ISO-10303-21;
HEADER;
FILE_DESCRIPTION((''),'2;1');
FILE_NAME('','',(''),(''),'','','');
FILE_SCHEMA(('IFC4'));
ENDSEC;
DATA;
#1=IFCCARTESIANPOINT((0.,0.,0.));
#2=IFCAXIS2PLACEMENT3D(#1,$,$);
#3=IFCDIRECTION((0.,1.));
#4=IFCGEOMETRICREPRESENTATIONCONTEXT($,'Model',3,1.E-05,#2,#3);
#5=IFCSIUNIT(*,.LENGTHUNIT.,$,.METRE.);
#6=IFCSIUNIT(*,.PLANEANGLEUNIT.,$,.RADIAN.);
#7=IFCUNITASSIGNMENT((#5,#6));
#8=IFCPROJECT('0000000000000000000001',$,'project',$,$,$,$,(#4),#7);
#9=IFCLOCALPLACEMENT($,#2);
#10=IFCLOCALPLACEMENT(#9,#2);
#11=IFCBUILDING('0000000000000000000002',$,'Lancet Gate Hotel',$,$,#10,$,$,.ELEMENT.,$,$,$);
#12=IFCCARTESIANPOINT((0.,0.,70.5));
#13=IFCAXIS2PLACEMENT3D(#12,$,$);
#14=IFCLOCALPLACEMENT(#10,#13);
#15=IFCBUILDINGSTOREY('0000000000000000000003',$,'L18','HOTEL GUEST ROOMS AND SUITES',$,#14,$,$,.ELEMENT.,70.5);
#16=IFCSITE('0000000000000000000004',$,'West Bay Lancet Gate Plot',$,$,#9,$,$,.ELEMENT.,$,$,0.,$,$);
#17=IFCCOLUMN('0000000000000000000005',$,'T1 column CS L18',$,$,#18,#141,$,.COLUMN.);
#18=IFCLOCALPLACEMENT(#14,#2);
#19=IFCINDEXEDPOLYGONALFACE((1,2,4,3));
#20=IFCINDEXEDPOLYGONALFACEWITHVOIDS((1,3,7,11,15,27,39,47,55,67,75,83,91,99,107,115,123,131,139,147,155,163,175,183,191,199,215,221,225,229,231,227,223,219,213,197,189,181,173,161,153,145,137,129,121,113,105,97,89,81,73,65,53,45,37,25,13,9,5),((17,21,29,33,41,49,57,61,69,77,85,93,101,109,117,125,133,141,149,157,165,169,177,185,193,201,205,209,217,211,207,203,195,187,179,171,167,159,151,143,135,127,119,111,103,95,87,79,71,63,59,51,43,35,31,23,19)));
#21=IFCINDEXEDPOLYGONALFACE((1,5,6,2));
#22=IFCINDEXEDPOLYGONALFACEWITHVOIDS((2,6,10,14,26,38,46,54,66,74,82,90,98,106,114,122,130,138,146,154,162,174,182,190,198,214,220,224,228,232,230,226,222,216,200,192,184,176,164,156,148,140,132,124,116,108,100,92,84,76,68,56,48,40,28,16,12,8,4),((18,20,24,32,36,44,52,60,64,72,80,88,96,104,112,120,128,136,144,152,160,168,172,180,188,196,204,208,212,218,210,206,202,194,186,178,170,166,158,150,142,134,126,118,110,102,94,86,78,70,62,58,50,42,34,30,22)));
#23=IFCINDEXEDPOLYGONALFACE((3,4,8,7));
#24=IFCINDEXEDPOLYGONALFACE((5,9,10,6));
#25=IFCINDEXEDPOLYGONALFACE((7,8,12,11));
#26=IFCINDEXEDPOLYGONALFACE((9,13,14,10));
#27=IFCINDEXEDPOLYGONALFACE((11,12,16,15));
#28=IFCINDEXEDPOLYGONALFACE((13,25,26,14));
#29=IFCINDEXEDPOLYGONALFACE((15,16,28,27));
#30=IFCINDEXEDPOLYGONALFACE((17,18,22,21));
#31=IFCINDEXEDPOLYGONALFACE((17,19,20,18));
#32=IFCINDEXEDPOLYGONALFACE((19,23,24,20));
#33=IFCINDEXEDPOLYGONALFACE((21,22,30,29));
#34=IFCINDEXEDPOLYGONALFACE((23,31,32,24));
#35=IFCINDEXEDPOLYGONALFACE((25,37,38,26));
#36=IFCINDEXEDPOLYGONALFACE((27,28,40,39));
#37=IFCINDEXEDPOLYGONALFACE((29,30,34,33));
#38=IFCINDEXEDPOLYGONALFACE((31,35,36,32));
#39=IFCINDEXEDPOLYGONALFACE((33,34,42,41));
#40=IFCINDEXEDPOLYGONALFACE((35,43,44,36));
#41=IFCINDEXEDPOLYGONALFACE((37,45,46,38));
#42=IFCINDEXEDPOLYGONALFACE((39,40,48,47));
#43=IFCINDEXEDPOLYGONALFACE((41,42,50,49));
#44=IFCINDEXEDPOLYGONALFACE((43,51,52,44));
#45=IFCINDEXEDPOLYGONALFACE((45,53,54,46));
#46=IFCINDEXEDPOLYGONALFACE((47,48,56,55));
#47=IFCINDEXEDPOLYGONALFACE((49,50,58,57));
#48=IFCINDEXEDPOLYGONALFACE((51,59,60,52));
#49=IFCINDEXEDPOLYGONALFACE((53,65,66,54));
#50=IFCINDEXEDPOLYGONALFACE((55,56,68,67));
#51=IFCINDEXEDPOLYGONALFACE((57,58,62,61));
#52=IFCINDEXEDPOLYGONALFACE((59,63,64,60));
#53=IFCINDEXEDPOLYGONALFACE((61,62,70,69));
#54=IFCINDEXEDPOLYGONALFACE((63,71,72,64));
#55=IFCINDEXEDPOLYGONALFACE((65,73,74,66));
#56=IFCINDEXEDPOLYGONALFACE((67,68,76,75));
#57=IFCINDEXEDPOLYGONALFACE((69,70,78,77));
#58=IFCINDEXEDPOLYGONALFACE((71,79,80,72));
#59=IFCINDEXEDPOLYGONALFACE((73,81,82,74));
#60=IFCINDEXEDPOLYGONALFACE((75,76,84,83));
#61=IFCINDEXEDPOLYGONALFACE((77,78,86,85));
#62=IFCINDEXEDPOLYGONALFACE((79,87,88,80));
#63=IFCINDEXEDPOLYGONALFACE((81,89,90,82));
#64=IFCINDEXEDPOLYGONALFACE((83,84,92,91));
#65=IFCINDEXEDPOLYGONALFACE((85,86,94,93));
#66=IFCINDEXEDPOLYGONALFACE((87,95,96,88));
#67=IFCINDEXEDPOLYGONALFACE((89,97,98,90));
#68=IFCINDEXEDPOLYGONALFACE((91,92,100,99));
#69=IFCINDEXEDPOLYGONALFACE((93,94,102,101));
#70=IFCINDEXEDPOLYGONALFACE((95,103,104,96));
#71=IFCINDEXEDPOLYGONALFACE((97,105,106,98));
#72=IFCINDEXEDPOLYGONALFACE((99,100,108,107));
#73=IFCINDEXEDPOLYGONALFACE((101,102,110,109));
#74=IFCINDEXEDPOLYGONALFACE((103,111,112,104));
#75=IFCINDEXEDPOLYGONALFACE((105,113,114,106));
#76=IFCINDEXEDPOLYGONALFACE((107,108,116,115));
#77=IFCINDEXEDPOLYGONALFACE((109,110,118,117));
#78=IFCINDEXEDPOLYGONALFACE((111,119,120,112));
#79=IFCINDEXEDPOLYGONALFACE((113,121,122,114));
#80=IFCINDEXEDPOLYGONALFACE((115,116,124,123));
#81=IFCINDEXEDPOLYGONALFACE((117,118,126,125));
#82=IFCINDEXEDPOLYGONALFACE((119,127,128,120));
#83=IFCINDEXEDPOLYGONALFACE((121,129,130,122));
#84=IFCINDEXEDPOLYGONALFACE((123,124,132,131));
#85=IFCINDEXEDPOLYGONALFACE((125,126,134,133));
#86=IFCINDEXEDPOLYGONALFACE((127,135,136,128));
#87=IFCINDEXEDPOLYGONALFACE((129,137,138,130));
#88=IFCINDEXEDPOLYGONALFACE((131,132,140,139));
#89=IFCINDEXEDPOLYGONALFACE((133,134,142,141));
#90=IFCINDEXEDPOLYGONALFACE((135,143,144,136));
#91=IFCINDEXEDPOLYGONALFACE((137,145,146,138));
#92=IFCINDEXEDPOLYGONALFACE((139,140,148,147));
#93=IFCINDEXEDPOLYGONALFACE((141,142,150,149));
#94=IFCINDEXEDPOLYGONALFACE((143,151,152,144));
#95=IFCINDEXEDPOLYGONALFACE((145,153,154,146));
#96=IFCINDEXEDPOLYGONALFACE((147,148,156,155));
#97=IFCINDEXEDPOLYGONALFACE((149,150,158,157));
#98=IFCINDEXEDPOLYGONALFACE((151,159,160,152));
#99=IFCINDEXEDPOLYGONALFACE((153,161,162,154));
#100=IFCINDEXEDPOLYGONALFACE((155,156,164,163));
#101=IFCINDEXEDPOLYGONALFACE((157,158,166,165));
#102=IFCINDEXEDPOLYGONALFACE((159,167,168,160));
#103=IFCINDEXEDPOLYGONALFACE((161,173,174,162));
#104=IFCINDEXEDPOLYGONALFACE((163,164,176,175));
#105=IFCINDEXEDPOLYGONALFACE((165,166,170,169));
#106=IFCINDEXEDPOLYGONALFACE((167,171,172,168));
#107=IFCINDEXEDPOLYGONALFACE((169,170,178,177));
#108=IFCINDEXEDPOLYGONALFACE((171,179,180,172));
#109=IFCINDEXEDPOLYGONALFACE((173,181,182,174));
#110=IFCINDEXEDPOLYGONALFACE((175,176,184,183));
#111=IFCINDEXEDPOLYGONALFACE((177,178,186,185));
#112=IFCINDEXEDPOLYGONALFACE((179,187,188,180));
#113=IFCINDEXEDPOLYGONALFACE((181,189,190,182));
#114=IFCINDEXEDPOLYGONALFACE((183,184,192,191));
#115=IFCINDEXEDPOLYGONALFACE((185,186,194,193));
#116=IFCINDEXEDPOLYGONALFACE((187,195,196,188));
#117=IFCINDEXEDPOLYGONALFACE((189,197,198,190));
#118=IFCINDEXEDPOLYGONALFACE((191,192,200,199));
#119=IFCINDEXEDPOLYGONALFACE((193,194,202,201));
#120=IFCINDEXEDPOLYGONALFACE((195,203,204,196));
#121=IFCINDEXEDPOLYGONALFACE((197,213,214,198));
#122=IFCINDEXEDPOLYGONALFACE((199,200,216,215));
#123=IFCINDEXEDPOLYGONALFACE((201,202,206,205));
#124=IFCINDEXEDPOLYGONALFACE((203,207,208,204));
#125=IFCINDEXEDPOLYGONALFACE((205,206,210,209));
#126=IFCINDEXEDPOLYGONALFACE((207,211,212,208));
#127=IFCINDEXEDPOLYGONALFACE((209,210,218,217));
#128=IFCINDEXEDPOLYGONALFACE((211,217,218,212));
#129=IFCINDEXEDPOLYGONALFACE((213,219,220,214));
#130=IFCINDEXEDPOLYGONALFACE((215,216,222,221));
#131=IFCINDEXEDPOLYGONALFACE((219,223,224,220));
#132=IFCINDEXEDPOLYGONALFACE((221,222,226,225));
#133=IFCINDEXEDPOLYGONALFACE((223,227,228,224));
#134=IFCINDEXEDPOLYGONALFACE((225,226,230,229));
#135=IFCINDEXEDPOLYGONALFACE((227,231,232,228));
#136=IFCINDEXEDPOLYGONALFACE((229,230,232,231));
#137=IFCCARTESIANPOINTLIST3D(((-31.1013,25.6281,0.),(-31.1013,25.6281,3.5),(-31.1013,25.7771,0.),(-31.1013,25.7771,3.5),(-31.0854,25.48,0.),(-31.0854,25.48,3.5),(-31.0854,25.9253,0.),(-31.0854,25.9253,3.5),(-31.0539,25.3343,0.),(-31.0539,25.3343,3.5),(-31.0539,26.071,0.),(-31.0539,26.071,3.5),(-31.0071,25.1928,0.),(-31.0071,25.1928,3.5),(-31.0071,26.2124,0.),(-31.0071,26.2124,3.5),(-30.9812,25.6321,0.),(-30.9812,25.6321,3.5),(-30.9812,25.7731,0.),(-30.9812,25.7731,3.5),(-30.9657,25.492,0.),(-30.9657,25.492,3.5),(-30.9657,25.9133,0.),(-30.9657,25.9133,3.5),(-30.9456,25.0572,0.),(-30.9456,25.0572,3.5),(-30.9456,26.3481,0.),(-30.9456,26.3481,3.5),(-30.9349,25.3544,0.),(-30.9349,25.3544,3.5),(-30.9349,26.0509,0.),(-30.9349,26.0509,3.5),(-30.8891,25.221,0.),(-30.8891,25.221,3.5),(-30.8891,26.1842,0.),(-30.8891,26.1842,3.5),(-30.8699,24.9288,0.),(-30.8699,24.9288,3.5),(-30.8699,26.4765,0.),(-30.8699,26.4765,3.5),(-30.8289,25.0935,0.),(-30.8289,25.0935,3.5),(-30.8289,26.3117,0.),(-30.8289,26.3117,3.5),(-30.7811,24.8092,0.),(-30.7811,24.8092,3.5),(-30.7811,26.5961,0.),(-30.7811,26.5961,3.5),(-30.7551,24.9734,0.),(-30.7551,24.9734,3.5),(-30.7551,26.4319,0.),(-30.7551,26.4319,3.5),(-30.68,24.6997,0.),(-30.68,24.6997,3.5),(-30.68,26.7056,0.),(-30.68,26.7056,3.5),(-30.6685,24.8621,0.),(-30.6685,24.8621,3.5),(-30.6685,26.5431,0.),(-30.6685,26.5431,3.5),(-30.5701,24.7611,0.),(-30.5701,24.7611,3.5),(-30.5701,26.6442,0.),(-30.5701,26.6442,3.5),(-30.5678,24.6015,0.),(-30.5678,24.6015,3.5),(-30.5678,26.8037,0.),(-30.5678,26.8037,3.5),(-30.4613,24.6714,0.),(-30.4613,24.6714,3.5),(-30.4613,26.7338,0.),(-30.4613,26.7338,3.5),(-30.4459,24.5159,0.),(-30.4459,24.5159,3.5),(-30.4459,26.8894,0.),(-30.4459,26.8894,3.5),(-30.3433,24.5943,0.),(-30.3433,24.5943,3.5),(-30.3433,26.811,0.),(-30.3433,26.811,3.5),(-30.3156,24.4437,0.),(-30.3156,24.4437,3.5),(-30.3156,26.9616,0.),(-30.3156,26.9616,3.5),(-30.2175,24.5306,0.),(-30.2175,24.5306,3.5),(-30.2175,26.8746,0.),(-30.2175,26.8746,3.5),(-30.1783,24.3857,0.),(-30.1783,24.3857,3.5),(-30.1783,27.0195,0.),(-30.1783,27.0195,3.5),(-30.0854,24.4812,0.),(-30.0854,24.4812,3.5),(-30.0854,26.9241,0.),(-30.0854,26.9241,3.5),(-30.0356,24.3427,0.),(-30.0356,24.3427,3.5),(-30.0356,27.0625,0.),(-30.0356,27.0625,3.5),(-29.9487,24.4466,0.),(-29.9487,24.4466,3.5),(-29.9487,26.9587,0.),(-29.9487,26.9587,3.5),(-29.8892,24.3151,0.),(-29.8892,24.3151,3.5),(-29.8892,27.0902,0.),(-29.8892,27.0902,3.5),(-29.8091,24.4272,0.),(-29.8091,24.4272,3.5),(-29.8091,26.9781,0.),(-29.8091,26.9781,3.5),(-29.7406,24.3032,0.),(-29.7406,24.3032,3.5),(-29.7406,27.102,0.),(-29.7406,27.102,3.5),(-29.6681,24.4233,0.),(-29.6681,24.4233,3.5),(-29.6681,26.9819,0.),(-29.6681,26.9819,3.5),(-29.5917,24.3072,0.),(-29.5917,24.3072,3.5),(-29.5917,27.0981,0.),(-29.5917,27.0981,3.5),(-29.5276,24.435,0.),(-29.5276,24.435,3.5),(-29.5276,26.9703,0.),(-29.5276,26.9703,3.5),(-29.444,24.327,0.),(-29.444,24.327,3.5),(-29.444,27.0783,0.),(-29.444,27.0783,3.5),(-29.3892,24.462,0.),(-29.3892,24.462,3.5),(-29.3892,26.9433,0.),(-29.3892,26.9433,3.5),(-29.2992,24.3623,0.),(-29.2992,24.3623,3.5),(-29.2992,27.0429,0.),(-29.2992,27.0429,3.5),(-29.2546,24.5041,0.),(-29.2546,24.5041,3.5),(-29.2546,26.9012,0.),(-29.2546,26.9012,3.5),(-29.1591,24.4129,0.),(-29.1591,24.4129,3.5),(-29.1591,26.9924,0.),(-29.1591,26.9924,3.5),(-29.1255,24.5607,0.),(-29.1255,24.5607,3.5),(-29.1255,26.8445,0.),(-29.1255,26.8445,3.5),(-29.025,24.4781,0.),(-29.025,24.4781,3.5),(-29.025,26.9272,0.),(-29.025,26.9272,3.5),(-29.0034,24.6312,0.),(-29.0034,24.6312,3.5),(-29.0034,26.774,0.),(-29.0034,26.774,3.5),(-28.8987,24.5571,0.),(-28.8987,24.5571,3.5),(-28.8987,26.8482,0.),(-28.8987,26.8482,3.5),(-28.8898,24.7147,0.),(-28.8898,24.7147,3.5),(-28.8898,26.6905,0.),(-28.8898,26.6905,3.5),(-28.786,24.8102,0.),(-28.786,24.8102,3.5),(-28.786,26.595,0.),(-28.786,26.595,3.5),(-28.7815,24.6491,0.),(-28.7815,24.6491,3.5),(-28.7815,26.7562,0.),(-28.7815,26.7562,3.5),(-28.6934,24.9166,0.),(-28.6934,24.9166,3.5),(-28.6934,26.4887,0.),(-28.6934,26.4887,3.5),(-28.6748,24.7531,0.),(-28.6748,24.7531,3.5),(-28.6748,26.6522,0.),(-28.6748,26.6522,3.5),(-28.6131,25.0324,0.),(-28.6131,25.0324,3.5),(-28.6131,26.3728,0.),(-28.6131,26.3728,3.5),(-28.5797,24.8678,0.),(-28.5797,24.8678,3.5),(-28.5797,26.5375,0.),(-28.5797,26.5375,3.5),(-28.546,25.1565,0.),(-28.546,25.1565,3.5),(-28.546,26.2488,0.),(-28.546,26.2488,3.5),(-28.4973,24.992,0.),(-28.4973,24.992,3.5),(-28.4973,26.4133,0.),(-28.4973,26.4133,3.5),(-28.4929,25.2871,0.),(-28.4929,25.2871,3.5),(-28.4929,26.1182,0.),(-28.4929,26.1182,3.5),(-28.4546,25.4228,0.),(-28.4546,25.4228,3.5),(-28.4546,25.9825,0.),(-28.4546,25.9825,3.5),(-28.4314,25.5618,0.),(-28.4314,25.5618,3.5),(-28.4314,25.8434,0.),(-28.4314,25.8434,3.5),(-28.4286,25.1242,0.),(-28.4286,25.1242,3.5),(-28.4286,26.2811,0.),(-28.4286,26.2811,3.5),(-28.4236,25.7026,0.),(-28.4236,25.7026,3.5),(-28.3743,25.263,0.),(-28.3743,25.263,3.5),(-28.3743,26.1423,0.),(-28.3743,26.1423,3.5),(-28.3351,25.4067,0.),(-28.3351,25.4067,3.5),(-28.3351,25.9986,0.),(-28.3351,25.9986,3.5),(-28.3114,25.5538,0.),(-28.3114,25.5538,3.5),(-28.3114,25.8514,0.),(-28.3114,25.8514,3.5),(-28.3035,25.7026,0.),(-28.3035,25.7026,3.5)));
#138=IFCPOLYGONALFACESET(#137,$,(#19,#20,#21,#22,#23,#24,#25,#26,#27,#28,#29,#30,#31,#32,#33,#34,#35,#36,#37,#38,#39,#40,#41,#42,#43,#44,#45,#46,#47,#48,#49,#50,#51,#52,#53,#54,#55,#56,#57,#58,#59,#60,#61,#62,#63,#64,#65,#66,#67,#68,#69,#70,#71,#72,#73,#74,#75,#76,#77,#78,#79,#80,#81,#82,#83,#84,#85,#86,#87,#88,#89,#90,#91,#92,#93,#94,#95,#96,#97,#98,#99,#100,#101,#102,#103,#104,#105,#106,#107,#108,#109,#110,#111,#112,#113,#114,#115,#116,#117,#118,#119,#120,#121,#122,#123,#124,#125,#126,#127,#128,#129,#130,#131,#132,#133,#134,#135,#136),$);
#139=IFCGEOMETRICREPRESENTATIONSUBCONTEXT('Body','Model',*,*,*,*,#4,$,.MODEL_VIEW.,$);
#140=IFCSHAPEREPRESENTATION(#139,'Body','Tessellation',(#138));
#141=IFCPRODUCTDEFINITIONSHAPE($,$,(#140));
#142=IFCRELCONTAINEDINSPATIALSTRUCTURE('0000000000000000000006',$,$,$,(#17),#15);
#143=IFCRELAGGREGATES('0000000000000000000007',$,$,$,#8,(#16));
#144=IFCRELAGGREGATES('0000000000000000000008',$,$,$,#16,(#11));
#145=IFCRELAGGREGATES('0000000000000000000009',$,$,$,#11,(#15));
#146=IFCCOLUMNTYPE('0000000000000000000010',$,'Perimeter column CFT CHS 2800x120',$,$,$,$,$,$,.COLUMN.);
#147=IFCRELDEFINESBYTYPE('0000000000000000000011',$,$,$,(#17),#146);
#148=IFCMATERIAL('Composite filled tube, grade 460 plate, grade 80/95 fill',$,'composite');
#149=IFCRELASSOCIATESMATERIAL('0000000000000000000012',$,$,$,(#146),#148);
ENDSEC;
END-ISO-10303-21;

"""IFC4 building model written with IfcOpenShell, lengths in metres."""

from ifc_helpers import new_model, si_unit, direction, frame, origin, origin_2d, place, context, subcontext, project, spatial, hollow_circle, extrude, material, material_profile, profile_set, type_object, element, save


model = new_model("IFC4")

# Units and contexts
model_context = context("Model", 3, precision=1e-05, world=origin(), true_north=direction((0.0, 1.0)))
body_context = subcontext(model_context, "Body", "Model", "MODEL_VIEW")
ifc_project = project(units=[si_unit("LENGTHUNIT", "METRE"), si_unit("PLANEANGLEUNIT", "RADIAN")], contexts=[model_context])

# Site, building, storey
site_placement = place(None, origin())
site = spatial("IfcSite", under=ifc_project, at=site_placement, Name="West Bay Lancet Gate Plot", CompositionType="ELEMENT", RefElevation=0.0)
building_placement = place(site_placement, origin())
building = spatial("IfcBuilding", under=site, at=building_placement, Name="Lancet Gate Hotel", CompositionType="ELEMENT")
storey_placement = place(building_placement, frame((0.0, 0.0, 70.5)))
storey = spatial("IfcBuildingStorey", under=building, at=storey_placement, Name="L18", Description="HOTEL GUEST ROOMS AND SUITES", CompositionType="ELEMENT", Elevation=70.5)

# Column
ifc_material_1 = material(Name="Composite filled tube, grade 460 plate, grade 80/95 fill", Category="composite")
ifc_material_profile_1 = material_profile(ifc_material_1, hollow_circle(Radius=1.3999, WallThickness=0.1201, at=origin_2d()), Name="CHS 2800x120")
ifc_profile_set_1 = profile_set([ifc_material_profile_1], Name="Composite filled tube, grade 460 plate, grade 80/95 fill")
column_type = type_object("IfcColumnType", Name="Perimeter column CFT CHS 2800x120", PredefinedType="COLUMN", material=ifc_profile_set_1)
for number, where, z_axis, x_axis, name in (
    (1, (-29.7034, 25.7026, 0.0), (0.0, 0.0, 1.0), (1.0, 0.0, 0.0), "T1 column CS L18"),
):
    element("IfcColumn", number, at=place(storey_placement, frame(where, z_axis=z_axis, x_axis=x_axis)), inside=storey, type_object=column_type, Name=name, PredefinedType="COLUMN", context=body_context, shape_type="SweptSolid", body=[
        extrude(hollow_circle(Radius=1.3999, WallThickness=0.1201, at=origin_2d()), origin(), (0.0, 0.0, 1.0), 3.5),
    ])

save(model, "model.ifc")
